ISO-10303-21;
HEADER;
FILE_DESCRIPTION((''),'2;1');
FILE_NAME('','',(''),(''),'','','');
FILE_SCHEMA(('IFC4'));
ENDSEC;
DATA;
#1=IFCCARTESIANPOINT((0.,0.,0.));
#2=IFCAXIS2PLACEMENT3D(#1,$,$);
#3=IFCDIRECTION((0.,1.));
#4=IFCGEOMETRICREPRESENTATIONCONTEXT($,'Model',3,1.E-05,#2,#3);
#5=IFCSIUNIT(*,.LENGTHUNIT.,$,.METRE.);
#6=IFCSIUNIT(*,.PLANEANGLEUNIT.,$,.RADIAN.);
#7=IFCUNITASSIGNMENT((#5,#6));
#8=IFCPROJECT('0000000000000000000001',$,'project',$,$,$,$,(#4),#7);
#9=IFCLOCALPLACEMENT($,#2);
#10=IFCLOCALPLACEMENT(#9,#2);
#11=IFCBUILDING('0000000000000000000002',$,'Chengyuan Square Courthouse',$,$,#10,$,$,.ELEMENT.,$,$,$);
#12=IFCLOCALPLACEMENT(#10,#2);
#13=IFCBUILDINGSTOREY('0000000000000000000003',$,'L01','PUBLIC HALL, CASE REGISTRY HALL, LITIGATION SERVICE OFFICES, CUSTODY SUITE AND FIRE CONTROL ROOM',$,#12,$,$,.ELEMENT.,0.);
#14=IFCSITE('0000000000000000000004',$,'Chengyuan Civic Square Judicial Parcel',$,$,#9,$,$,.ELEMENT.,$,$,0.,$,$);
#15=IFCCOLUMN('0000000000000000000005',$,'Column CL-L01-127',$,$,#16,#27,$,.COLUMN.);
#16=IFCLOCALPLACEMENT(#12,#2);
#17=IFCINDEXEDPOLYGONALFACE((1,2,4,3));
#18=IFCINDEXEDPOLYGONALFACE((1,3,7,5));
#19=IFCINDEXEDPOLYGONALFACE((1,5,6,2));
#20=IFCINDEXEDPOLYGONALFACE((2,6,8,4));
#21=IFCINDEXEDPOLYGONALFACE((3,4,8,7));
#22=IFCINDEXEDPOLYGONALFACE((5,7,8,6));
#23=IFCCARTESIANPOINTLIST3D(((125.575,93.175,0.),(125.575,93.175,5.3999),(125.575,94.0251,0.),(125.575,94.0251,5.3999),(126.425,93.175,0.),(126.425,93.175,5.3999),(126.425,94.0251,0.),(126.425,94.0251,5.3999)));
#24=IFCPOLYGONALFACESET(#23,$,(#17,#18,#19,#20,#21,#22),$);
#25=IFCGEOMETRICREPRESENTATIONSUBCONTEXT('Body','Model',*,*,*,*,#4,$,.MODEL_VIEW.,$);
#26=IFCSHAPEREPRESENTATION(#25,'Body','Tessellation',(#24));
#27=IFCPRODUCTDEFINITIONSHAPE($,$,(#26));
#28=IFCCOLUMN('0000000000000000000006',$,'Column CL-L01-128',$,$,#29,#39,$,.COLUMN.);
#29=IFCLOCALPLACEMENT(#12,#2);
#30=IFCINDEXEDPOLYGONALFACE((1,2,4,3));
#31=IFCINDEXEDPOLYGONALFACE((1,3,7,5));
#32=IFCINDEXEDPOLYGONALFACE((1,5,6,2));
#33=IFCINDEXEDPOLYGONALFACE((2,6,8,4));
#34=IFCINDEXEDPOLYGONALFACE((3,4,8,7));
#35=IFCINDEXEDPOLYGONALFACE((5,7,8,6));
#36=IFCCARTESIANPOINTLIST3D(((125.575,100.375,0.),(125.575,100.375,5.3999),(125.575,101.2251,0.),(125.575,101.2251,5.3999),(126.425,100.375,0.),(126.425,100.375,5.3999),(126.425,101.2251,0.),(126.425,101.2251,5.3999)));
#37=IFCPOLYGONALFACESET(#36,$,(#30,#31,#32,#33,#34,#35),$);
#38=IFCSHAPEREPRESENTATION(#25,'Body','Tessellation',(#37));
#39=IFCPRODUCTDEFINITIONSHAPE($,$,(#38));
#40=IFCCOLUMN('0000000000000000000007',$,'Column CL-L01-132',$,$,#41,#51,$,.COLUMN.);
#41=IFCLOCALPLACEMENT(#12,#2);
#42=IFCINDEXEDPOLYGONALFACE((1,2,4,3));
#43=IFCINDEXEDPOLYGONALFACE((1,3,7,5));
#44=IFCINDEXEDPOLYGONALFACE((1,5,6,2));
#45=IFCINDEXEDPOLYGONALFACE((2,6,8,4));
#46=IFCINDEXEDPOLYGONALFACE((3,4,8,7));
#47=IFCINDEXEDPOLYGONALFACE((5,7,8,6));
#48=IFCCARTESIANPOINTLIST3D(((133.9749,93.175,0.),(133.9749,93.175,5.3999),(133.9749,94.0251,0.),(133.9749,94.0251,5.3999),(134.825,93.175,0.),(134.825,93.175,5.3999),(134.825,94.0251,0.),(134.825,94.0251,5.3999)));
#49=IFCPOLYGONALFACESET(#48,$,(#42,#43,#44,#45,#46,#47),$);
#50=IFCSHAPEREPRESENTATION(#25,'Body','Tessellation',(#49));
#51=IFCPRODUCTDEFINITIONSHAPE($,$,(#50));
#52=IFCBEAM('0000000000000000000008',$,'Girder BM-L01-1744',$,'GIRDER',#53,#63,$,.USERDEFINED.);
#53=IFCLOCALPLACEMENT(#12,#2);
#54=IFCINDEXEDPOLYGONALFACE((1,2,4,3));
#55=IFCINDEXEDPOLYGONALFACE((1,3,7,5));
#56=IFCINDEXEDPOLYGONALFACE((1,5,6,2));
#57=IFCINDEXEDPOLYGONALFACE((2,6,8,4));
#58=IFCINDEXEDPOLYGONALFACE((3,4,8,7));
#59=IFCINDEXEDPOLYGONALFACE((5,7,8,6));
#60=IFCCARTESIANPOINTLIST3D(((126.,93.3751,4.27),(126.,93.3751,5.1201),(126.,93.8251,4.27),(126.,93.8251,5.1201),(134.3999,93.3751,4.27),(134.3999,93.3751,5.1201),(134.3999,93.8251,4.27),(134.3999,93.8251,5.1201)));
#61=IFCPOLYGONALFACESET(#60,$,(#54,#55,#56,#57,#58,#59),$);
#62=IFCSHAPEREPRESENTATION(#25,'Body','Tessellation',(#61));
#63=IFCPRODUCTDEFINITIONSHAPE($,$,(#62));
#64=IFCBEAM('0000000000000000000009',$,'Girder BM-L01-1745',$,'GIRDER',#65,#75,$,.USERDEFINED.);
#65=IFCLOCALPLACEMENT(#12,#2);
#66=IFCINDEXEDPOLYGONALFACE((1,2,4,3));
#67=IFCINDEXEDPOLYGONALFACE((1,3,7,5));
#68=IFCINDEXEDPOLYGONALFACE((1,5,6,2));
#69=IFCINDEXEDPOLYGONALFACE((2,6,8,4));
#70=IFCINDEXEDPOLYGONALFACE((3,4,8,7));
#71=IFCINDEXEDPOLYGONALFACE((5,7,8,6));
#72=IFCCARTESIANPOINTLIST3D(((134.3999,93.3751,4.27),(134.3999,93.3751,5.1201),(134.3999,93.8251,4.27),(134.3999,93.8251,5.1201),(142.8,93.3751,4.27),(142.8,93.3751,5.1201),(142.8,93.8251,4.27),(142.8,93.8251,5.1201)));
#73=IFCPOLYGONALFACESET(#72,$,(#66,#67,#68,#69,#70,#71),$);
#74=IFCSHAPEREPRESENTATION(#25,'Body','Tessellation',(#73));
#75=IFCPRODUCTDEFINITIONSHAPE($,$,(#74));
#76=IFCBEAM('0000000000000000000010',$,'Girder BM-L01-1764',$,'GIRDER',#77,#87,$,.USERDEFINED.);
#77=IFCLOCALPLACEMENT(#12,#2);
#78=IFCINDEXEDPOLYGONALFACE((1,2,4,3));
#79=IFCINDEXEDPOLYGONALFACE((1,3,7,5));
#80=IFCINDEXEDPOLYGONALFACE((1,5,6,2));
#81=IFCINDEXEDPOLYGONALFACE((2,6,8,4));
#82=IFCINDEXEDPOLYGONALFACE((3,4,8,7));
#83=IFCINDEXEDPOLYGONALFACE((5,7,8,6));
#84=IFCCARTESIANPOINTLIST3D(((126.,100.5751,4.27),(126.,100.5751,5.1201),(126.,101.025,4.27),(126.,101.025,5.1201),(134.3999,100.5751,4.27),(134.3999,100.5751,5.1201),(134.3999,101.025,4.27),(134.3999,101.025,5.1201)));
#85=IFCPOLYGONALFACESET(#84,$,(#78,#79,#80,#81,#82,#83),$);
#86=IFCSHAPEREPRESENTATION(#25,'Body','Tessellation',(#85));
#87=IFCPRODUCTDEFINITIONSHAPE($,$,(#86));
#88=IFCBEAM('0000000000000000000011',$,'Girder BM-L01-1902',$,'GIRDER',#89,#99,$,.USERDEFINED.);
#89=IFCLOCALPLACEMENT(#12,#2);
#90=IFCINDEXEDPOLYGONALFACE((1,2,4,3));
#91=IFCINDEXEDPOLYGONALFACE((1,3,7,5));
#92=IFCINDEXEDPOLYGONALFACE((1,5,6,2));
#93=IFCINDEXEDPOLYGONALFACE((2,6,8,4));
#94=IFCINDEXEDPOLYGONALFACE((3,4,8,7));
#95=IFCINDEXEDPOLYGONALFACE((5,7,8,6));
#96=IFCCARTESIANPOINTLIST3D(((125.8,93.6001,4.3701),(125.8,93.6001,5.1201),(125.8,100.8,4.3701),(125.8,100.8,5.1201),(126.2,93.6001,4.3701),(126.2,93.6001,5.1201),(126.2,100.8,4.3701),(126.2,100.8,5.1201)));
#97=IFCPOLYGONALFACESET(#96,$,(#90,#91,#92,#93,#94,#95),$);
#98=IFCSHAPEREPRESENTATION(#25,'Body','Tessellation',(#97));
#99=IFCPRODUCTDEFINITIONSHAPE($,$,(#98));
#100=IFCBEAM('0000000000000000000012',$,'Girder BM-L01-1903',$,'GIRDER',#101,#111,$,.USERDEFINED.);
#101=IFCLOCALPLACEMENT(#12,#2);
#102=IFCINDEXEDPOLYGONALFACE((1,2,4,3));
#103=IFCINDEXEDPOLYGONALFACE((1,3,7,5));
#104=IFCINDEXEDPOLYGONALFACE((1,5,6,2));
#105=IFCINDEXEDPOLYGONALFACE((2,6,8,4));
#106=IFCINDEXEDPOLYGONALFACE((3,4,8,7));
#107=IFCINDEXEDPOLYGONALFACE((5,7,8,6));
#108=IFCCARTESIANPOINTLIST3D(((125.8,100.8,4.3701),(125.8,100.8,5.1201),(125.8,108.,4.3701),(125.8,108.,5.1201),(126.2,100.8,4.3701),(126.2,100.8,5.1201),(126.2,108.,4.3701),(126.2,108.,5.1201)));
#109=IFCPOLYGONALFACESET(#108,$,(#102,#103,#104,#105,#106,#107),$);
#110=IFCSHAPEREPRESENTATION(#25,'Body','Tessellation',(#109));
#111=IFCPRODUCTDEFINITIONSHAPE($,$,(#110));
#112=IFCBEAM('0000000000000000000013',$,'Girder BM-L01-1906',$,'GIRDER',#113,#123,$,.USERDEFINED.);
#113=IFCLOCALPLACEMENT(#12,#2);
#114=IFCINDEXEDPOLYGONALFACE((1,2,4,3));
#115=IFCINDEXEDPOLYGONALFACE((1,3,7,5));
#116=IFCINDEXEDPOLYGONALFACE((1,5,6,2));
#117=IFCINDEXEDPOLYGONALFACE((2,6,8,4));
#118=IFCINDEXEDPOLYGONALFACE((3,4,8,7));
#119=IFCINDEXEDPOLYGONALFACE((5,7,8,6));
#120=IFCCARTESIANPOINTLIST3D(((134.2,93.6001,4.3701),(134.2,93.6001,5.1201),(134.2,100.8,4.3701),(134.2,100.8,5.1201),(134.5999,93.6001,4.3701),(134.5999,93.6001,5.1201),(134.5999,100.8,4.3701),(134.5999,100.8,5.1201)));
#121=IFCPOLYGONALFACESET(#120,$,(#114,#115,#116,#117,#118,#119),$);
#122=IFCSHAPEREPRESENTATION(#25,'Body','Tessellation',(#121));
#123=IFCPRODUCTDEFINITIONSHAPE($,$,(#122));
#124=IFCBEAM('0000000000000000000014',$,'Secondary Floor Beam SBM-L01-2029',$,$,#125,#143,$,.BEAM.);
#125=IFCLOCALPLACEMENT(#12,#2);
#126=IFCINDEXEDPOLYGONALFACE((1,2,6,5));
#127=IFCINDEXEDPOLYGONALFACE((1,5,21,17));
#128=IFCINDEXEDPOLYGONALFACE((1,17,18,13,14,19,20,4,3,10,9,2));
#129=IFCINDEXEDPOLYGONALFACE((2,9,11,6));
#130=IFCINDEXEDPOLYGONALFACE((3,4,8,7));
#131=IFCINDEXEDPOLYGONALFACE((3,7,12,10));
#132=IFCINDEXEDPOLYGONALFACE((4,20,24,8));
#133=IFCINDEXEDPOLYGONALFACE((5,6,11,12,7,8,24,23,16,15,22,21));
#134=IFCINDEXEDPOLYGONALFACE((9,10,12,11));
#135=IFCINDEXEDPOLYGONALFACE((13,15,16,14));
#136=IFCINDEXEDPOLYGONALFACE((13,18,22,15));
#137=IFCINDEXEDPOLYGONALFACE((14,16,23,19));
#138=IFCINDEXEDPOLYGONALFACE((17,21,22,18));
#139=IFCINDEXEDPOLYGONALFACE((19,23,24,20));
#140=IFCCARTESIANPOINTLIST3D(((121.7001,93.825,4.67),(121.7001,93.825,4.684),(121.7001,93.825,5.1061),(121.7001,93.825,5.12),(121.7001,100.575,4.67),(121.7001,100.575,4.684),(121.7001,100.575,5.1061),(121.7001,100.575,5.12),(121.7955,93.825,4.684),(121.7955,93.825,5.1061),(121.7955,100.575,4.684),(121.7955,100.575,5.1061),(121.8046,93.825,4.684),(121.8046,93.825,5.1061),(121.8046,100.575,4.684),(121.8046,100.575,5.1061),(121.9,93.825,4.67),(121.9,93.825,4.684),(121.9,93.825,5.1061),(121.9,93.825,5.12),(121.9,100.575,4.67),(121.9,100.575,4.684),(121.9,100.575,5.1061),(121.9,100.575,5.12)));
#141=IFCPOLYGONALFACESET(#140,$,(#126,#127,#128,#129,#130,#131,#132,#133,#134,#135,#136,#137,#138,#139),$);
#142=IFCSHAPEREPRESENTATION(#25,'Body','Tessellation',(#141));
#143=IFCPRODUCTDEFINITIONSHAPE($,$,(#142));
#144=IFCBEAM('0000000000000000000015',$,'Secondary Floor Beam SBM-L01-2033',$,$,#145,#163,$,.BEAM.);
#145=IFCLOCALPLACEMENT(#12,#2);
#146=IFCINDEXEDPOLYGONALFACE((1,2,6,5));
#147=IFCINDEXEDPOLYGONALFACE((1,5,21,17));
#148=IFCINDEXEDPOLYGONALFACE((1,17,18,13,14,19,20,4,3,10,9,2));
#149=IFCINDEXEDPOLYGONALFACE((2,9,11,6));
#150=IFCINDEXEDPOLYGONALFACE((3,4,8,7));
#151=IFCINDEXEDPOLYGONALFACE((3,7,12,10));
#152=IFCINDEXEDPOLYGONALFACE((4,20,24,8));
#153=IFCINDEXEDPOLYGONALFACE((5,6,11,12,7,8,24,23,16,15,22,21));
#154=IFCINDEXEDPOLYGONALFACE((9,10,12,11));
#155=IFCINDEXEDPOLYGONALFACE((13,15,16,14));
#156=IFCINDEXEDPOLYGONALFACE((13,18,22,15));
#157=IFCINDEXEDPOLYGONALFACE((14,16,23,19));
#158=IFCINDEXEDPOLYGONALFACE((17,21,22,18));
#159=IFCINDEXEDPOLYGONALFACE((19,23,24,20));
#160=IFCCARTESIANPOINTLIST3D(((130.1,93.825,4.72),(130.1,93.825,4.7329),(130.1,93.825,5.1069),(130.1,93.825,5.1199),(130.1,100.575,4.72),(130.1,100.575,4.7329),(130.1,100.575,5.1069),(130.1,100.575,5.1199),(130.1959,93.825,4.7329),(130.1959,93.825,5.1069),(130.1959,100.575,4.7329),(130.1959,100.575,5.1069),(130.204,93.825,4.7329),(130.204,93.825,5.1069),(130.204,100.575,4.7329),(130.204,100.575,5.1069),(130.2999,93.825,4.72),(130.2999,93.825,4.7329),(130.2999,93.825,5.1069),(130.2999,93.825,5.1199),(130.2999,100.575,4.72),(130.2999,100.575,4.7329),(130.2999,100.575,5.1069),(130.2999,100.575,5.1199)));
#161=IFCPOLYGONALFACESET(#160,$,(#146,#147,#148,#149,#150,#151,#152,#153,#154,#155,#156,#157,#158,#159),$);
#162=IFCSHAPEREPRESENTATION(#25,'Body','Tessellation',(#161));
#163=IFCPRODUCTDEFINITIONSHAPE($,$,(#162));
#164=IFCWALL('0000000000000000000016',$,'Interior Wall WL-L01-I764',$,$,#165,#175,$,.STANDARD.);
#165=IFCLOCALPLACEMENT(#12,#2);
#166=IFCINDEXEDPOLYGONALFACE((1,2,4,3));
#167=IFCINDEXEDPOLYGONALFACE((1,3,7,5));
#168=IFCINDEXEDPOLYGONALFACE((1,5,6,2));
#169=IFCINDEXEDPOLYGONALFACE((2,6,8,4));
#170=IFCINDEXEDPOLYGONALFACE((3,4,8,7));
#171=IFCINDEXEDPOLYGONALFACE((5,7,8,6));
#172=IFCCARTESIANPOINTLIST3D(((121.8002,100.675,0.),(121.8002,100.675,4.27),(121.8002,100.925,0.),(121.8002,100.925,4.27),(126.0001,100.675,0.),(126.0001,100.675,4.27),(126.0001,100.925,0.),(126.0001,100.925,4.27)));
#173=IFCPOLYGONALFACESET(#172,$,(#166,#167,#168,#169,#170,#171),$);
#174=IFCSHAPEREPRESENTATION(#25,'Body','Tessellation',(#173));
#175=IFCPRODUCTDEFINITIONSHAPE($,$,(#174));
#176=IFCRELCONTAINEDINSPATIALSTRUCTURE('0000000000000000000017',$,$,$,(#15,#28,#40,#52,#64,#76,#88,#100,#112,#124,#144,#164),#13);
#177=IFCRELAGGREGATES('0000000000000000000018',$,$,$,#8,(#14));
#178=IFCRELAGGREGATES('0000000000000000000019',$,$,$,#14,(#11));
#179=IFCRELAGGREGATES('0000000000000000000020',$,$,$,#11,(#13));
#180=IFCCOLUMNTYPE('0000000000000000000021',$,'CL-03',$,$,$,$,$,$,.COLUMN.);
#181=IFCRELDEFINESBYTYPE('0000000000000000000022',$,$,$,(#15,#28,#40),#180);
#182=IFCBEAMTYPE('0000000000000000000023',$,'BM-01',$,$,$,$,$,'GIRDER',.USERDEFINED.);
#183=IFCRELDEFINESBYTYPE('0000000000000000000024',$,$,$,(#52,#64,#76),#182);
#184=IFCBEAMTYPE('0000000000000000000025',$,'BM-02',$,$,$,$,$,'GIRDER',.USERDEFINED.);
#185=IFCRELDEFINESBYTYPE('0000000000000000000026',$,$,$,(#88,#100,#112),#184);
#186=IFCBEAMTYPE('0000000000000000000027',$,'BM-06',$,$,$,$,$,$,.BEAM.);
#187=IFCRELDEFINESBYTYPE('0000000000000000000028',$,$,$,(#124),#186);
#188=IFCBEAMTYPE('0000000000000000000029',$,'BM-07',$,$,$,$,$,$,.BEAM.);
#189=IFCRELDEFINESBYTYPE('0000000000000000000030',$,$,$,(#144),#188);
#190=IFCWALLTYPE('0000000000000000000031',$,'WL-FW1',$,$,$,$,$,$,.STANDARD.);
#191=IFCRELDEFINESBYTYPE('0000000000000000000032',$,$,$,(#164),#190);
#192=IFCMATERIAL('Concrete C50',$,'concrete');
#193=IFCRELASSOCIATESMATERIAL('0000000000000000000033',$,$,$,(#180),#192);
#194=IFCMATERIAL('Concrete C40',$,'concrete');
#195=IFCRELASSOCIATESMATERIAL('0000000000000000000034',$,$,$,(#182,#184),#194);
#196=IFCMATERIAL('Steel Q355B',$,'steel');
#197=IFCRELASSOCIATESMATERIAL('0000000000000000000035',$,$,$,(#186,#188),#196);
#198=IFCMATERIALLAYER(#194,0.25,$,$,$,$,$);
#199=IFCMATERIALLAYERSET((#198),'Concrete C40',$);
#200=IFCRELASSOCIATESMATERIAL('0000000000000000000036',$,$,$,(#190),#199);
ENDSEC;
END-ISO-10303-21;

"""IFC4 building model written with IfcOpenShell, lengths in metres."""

from ifc_helpers import new_model, si_unit, direction, frame, frame_2d, origin, origin_2d, place, context, subcontext, project, spatial, rectangle, i_section, extrude, material, layer, layer_set, material_profile, profile_set, type_object, element, save


model = new_model("IFC4")

# Units and contexts
model_context = context("Model", 3, precision=1e-05, world=origin(), true_north=direction((0.0, 1.0)))
body_context = subcontext(model_context, "Body", "Model", "MODEL_VIEW")
ifc_project = project(units=[si_unit("LENGTHUNIT", "METRE"), si_unit("PLANEANGLEUNIT", "RADIAN")], contexts=[model_context])

# Site, building, storey
site_placement = place(None, origin())
site = spatial("IfcSite", under=ifc_project, at=site_placement, Name="Chengyuan Civic Square Judicial Parcel", CompositionType="ELEMENT", RefElevation=0.0)
building_placement = place(site_placement, origin())
building = spatial("IfcBuilding", under=site, at=building_placement, Name="Chengyuan Square Courthouse", CompositionType="ELEMENT")
storey_placement = place(building_placement, origin())
storey = spatial("IfcBuildingStorey", under=building, at=storey_placement, Name="L01", Description="PUBLIC HALL, CASE REGISTRY HALL, LITIGATION SERVICE OFFICES, CUSTODY SUITE AND FIRE CONTROL ROOM", CompositionType="ELEMENT", Elevation=0.0)

# Columns
ifc_material_1 = material(Name="Concrete C50", Category="concrete")
ifc_material_profile_1 = material_profile(ifc_material_1, rectangle(XDim=0.8501, YDim=0.8501, at=origin_2d()), Name="RC-COL-850x850")
ifc_profile_set_1 = profile_set([ifc_material_profile_1], Name="Concrete C50")
column_type = type_object("IfcColumnType", Name="CL-03", PredefinedType="COLUMN", material=ifc_profile_set_1)
for number, where, z_axis, x_axis, name in (
    (1, (126.0, 93.6001, 0.0), (0.0, 0.0, 1.0), (1.0, 0.0, 0.0), "Column CL-L01-127"),
    (2, (126.0, 100.8, 0.0), (0.0, 0.0, 1.0), (1.0, 0.0, 0.0), "Column CL-L01-128"),
    (3, (134.3999, 93.6001, 0.0), (0.0, 0.0, 1.0), (1.0, 0.0, 0.0), "Column CL-L01-132"),
):
    element("IfcColumn", number, at=place(storey_placement, frame(where, z_axis=z_axis, x_axis=x_axis)), inside=storey, type_object=column_type, Name=name, PredefinedType="COLUMN", context=body_context, shape_type="SweptSolid", body=[
        extrude(rectangle(XDim=0.8501, YDim=0.8501, at=origin_2d()), origin(), (0.0, 0.0, 1.0), 5.3999),
    ])

# Beams
ifc_material_2 = material(Name="Concrete C40", Category="concrete")
ifc_material_profile_2 = material_profile(ifc_material_2, rectangle(XDim=0.45, YDim=0.8501, at=origin_2d()), Name="RC-BM-450x850")
ifc_profile_set_2 = profile_set([ifc_material_profile_2], Name="Concrete C40")
beam_type_1 = type_object("IfcBeamType", Name="BM-01", ElementType="GIRDER", PredefinedType="USERDEFINED", material=ifc_profile_set_2)
beam_1_placement = place(storey_placement, frame((126.0, 93.6001, 4.6951), z_axis=(1.0, 0.0, 0.0), x_axis=(0.0, 1.0, 0.0)))
element("IfcBeam", 4, at=beam_1_placement, inside=storey, type_object=beam_type_1, Name="Girder BM-L01-1744", ObjectType="GIRDER", PredefinedType="USERDEFINED", context=body_context, shape_type="SweptSolid", body=[
    extrude(rectangle(XDim=0.45, YDim=0.8501, at=origin_2d()), origin(), (0.0, 0.0, 1.0), 8.3999),
])
beam_2_placement = place(storey_placement, frame((134.3999, 93.6001, 4.6951), z_axis=(1.0, 0.0, 0.0), x_axis=(0.0, 1.0, 0.0)))
element("IfcBeam", 5, at=beam_2_placement, inside=storey, type_object=beam_type_1, Name="Girder BM-L01-1745", ObjectType="GIRDER", PredefinedType="USERDEFINED", context=body_context, shape_type="SweptSolid", body=[
    extrude(rectangle(XDim=0.45, YDim=0.8501, at=origin_2d()), origin(), (0.0, 0.0, 1.0), 8.4001),
])
beam_3_placement = place(storey_placement, frame((126.0, 100.8, 4.6951), z_axis=(1.0, 0.0, 0.0), x_axis=(0.0, 1.0, 0.0)))
element("IfcBeam", 6, at=beam_3_placement, inside=storey, type_object=beam_type_1, Name="Girder BM-L01-1764", ObjectType="GIRDER", PredefinedType="USERDEFINED", context=body_context, shape_type="SweptSolid", body=[
    extrude(rectangle(XDim=0.45, YDim=0.8501, at=origin_2d()), origin(), (0.0, 0.0, 1.0), 8.3999),
])
ifc_material_profile_3 = material_profile(ifc_material_2, rectangle(XDim=0.3999, YDim=0.75, at=origin_2d()), Name="RC-BM-400x750")
ifc_profile_set_3 = profile_set([ifc_material_profile_3], Name="Concrete C40")
beam_type_2 = type_object("IfcBeamType", Name="BM-02", ElementType="GIRDER", PredefinedType="USERDEFINED", material=ifc_profile_set_3)
for number, where, z_axis, x_axis, name in (
    (7, (126.0, 93.6001, 4.7451), (0.0, 1.0, 0.0), (-1.0, 0.0, 0.0), "Girder BM-L01-1902"),
    (8, (126.0, 100.8, 4.7451), (0.0, 1.0, 0.0), (-1.0, 0.0, 0.0), "Girder BM-L01-1903"),
    (9, (134.3999, 93.6001, 4.7451), (0.0, 1.0, 0.0), (-1.0, 0.0, 0.0), "Girder BM-L01-1906"),
):
    element("IfcBeam", number, at=place(storey_placement, frame(where, z_axis=z_axis, x_axis=x_axis)), inside=storey, type_object=beam_type_2, Name=name, ObjectType="GIRDER", PredefinedType="USERDEFINED", context=body_context, shape_type="SweptSolid", body=[
        extrude(rectangle(XDim=0.3999, YDim=0.75, at=origin_2d()), origin(), (0.0, 0.0, 1.0), 7.2),
    ])
ifc_material_3 = material(Name="Steel Q355B", Category="steel")
ifc_material_profile_4 = material_profile(ifc_material_3, i_section(OverallWidth=0.2, OverallDepth=0.45, WebThickness=0.009, FlangeThickness=0.0139, at=origin_2d()), Name="HN 450x200x9x14")
ifc_profile_set_4 = profile_set([ifc_material_profile_4], Name="Steel Q355B")
beam_type_3 = type_object("IfcBeamType", Name="BM-06", PredefinedType="BEAM", material=ifc_profile_set_4)
beam_4_placement = place(storey_placement, frame((121.8, 93.825, 4.895), z_axis=(0.0, 1.0, 0.0), x_axis=(-1.0, 0.0, 0.0)))
element("IfcBeam", 10, at=beam_4_placement, inside=storey, type_object=beam_type_3, Name="Secondary Floor Beam SBM-L01-2029", PredefinedType="BEAM", context=body_context, shape_type="SweptSolid", body=[
    extrude(i_section(OverallWidth=0.2, OverallDepth=0.45, WebThickness=0.009, FlangeThickness=0.0139, at=origin_2d()), origin(), (0.0, 0.0, 1.0), 6.75),
])
ifc_material_profile_5 = material_profile(ifc_material_3, i_section(OverallWidth=0.2, OverallDepth=0.3999, WebThickness=0.0081, FlangeThickness=0.0129, at=origin_2d()), Name="HN 400x200x8x13")
ifc_profile_set_5 = profile_set([ifc_material_profile_5], Name="Steel Q355B")
beam_type_4 = type_object("IfcBeamType", Name="BM-07", PredefinedType="BEAM", material=ifc_profile_set_5)
beam_5_placement = place(storey_placement, frame((130.2, 93.825, 4.9199), z_axis=(0.0, 1.0, 0.0), x_axis=(-1.0, 0.0, 0.0)))
element("IfcBeam", 11, at=beam_5_placement, inside=storey, type_object=beam_type_4, Name="Secondary Floor Beam SBM-L01-2033", PredefinedType="BEAM", context=body_context, shape_type="SweptSolid", body=[
    extrude(i_section(OverallWidth=0.2, OverallDepth=0.3999, WebThickness=0.0081, FlangeThickness=0.0129, at=origin_2d()), origin(), (0.0, 0.0, 1.0), 6.75),
])

# Wall
ifc_layer_1 = layer(ifc_material_2, 0.25)
ifc_layer_set_1 = layer_set([ifc_layer_1], Name="Concrete C40")
wall_type_1 = type_object("IfcWallType", Name="WL-FW1", PredefinedType="STANDARD", material=ifc_layer_set_1)
wall_1_placement = place(storey_placement, frame((121.8, 100.8, 0.0), z_axis=(0.0, 0.0, 1.0), x_axis=(1.0, 0.0, 0.0)))
element("IfcWall", 12, at=wall_1_placement, inside=storey, type_object=wall_type_1, Name="Interior Wall WL-L01-I764", PredefinedType="STANDARD", context=body_context, shape_type="SweptSolid", body=[
    extrude(rectangle(XDim=4.2, YDim=0.25, at=frame_2d((2.1001, 0.0))), origin(), (0.0, 0.0, 1.0), 4.27),
])

save(model, "model.ifc")
